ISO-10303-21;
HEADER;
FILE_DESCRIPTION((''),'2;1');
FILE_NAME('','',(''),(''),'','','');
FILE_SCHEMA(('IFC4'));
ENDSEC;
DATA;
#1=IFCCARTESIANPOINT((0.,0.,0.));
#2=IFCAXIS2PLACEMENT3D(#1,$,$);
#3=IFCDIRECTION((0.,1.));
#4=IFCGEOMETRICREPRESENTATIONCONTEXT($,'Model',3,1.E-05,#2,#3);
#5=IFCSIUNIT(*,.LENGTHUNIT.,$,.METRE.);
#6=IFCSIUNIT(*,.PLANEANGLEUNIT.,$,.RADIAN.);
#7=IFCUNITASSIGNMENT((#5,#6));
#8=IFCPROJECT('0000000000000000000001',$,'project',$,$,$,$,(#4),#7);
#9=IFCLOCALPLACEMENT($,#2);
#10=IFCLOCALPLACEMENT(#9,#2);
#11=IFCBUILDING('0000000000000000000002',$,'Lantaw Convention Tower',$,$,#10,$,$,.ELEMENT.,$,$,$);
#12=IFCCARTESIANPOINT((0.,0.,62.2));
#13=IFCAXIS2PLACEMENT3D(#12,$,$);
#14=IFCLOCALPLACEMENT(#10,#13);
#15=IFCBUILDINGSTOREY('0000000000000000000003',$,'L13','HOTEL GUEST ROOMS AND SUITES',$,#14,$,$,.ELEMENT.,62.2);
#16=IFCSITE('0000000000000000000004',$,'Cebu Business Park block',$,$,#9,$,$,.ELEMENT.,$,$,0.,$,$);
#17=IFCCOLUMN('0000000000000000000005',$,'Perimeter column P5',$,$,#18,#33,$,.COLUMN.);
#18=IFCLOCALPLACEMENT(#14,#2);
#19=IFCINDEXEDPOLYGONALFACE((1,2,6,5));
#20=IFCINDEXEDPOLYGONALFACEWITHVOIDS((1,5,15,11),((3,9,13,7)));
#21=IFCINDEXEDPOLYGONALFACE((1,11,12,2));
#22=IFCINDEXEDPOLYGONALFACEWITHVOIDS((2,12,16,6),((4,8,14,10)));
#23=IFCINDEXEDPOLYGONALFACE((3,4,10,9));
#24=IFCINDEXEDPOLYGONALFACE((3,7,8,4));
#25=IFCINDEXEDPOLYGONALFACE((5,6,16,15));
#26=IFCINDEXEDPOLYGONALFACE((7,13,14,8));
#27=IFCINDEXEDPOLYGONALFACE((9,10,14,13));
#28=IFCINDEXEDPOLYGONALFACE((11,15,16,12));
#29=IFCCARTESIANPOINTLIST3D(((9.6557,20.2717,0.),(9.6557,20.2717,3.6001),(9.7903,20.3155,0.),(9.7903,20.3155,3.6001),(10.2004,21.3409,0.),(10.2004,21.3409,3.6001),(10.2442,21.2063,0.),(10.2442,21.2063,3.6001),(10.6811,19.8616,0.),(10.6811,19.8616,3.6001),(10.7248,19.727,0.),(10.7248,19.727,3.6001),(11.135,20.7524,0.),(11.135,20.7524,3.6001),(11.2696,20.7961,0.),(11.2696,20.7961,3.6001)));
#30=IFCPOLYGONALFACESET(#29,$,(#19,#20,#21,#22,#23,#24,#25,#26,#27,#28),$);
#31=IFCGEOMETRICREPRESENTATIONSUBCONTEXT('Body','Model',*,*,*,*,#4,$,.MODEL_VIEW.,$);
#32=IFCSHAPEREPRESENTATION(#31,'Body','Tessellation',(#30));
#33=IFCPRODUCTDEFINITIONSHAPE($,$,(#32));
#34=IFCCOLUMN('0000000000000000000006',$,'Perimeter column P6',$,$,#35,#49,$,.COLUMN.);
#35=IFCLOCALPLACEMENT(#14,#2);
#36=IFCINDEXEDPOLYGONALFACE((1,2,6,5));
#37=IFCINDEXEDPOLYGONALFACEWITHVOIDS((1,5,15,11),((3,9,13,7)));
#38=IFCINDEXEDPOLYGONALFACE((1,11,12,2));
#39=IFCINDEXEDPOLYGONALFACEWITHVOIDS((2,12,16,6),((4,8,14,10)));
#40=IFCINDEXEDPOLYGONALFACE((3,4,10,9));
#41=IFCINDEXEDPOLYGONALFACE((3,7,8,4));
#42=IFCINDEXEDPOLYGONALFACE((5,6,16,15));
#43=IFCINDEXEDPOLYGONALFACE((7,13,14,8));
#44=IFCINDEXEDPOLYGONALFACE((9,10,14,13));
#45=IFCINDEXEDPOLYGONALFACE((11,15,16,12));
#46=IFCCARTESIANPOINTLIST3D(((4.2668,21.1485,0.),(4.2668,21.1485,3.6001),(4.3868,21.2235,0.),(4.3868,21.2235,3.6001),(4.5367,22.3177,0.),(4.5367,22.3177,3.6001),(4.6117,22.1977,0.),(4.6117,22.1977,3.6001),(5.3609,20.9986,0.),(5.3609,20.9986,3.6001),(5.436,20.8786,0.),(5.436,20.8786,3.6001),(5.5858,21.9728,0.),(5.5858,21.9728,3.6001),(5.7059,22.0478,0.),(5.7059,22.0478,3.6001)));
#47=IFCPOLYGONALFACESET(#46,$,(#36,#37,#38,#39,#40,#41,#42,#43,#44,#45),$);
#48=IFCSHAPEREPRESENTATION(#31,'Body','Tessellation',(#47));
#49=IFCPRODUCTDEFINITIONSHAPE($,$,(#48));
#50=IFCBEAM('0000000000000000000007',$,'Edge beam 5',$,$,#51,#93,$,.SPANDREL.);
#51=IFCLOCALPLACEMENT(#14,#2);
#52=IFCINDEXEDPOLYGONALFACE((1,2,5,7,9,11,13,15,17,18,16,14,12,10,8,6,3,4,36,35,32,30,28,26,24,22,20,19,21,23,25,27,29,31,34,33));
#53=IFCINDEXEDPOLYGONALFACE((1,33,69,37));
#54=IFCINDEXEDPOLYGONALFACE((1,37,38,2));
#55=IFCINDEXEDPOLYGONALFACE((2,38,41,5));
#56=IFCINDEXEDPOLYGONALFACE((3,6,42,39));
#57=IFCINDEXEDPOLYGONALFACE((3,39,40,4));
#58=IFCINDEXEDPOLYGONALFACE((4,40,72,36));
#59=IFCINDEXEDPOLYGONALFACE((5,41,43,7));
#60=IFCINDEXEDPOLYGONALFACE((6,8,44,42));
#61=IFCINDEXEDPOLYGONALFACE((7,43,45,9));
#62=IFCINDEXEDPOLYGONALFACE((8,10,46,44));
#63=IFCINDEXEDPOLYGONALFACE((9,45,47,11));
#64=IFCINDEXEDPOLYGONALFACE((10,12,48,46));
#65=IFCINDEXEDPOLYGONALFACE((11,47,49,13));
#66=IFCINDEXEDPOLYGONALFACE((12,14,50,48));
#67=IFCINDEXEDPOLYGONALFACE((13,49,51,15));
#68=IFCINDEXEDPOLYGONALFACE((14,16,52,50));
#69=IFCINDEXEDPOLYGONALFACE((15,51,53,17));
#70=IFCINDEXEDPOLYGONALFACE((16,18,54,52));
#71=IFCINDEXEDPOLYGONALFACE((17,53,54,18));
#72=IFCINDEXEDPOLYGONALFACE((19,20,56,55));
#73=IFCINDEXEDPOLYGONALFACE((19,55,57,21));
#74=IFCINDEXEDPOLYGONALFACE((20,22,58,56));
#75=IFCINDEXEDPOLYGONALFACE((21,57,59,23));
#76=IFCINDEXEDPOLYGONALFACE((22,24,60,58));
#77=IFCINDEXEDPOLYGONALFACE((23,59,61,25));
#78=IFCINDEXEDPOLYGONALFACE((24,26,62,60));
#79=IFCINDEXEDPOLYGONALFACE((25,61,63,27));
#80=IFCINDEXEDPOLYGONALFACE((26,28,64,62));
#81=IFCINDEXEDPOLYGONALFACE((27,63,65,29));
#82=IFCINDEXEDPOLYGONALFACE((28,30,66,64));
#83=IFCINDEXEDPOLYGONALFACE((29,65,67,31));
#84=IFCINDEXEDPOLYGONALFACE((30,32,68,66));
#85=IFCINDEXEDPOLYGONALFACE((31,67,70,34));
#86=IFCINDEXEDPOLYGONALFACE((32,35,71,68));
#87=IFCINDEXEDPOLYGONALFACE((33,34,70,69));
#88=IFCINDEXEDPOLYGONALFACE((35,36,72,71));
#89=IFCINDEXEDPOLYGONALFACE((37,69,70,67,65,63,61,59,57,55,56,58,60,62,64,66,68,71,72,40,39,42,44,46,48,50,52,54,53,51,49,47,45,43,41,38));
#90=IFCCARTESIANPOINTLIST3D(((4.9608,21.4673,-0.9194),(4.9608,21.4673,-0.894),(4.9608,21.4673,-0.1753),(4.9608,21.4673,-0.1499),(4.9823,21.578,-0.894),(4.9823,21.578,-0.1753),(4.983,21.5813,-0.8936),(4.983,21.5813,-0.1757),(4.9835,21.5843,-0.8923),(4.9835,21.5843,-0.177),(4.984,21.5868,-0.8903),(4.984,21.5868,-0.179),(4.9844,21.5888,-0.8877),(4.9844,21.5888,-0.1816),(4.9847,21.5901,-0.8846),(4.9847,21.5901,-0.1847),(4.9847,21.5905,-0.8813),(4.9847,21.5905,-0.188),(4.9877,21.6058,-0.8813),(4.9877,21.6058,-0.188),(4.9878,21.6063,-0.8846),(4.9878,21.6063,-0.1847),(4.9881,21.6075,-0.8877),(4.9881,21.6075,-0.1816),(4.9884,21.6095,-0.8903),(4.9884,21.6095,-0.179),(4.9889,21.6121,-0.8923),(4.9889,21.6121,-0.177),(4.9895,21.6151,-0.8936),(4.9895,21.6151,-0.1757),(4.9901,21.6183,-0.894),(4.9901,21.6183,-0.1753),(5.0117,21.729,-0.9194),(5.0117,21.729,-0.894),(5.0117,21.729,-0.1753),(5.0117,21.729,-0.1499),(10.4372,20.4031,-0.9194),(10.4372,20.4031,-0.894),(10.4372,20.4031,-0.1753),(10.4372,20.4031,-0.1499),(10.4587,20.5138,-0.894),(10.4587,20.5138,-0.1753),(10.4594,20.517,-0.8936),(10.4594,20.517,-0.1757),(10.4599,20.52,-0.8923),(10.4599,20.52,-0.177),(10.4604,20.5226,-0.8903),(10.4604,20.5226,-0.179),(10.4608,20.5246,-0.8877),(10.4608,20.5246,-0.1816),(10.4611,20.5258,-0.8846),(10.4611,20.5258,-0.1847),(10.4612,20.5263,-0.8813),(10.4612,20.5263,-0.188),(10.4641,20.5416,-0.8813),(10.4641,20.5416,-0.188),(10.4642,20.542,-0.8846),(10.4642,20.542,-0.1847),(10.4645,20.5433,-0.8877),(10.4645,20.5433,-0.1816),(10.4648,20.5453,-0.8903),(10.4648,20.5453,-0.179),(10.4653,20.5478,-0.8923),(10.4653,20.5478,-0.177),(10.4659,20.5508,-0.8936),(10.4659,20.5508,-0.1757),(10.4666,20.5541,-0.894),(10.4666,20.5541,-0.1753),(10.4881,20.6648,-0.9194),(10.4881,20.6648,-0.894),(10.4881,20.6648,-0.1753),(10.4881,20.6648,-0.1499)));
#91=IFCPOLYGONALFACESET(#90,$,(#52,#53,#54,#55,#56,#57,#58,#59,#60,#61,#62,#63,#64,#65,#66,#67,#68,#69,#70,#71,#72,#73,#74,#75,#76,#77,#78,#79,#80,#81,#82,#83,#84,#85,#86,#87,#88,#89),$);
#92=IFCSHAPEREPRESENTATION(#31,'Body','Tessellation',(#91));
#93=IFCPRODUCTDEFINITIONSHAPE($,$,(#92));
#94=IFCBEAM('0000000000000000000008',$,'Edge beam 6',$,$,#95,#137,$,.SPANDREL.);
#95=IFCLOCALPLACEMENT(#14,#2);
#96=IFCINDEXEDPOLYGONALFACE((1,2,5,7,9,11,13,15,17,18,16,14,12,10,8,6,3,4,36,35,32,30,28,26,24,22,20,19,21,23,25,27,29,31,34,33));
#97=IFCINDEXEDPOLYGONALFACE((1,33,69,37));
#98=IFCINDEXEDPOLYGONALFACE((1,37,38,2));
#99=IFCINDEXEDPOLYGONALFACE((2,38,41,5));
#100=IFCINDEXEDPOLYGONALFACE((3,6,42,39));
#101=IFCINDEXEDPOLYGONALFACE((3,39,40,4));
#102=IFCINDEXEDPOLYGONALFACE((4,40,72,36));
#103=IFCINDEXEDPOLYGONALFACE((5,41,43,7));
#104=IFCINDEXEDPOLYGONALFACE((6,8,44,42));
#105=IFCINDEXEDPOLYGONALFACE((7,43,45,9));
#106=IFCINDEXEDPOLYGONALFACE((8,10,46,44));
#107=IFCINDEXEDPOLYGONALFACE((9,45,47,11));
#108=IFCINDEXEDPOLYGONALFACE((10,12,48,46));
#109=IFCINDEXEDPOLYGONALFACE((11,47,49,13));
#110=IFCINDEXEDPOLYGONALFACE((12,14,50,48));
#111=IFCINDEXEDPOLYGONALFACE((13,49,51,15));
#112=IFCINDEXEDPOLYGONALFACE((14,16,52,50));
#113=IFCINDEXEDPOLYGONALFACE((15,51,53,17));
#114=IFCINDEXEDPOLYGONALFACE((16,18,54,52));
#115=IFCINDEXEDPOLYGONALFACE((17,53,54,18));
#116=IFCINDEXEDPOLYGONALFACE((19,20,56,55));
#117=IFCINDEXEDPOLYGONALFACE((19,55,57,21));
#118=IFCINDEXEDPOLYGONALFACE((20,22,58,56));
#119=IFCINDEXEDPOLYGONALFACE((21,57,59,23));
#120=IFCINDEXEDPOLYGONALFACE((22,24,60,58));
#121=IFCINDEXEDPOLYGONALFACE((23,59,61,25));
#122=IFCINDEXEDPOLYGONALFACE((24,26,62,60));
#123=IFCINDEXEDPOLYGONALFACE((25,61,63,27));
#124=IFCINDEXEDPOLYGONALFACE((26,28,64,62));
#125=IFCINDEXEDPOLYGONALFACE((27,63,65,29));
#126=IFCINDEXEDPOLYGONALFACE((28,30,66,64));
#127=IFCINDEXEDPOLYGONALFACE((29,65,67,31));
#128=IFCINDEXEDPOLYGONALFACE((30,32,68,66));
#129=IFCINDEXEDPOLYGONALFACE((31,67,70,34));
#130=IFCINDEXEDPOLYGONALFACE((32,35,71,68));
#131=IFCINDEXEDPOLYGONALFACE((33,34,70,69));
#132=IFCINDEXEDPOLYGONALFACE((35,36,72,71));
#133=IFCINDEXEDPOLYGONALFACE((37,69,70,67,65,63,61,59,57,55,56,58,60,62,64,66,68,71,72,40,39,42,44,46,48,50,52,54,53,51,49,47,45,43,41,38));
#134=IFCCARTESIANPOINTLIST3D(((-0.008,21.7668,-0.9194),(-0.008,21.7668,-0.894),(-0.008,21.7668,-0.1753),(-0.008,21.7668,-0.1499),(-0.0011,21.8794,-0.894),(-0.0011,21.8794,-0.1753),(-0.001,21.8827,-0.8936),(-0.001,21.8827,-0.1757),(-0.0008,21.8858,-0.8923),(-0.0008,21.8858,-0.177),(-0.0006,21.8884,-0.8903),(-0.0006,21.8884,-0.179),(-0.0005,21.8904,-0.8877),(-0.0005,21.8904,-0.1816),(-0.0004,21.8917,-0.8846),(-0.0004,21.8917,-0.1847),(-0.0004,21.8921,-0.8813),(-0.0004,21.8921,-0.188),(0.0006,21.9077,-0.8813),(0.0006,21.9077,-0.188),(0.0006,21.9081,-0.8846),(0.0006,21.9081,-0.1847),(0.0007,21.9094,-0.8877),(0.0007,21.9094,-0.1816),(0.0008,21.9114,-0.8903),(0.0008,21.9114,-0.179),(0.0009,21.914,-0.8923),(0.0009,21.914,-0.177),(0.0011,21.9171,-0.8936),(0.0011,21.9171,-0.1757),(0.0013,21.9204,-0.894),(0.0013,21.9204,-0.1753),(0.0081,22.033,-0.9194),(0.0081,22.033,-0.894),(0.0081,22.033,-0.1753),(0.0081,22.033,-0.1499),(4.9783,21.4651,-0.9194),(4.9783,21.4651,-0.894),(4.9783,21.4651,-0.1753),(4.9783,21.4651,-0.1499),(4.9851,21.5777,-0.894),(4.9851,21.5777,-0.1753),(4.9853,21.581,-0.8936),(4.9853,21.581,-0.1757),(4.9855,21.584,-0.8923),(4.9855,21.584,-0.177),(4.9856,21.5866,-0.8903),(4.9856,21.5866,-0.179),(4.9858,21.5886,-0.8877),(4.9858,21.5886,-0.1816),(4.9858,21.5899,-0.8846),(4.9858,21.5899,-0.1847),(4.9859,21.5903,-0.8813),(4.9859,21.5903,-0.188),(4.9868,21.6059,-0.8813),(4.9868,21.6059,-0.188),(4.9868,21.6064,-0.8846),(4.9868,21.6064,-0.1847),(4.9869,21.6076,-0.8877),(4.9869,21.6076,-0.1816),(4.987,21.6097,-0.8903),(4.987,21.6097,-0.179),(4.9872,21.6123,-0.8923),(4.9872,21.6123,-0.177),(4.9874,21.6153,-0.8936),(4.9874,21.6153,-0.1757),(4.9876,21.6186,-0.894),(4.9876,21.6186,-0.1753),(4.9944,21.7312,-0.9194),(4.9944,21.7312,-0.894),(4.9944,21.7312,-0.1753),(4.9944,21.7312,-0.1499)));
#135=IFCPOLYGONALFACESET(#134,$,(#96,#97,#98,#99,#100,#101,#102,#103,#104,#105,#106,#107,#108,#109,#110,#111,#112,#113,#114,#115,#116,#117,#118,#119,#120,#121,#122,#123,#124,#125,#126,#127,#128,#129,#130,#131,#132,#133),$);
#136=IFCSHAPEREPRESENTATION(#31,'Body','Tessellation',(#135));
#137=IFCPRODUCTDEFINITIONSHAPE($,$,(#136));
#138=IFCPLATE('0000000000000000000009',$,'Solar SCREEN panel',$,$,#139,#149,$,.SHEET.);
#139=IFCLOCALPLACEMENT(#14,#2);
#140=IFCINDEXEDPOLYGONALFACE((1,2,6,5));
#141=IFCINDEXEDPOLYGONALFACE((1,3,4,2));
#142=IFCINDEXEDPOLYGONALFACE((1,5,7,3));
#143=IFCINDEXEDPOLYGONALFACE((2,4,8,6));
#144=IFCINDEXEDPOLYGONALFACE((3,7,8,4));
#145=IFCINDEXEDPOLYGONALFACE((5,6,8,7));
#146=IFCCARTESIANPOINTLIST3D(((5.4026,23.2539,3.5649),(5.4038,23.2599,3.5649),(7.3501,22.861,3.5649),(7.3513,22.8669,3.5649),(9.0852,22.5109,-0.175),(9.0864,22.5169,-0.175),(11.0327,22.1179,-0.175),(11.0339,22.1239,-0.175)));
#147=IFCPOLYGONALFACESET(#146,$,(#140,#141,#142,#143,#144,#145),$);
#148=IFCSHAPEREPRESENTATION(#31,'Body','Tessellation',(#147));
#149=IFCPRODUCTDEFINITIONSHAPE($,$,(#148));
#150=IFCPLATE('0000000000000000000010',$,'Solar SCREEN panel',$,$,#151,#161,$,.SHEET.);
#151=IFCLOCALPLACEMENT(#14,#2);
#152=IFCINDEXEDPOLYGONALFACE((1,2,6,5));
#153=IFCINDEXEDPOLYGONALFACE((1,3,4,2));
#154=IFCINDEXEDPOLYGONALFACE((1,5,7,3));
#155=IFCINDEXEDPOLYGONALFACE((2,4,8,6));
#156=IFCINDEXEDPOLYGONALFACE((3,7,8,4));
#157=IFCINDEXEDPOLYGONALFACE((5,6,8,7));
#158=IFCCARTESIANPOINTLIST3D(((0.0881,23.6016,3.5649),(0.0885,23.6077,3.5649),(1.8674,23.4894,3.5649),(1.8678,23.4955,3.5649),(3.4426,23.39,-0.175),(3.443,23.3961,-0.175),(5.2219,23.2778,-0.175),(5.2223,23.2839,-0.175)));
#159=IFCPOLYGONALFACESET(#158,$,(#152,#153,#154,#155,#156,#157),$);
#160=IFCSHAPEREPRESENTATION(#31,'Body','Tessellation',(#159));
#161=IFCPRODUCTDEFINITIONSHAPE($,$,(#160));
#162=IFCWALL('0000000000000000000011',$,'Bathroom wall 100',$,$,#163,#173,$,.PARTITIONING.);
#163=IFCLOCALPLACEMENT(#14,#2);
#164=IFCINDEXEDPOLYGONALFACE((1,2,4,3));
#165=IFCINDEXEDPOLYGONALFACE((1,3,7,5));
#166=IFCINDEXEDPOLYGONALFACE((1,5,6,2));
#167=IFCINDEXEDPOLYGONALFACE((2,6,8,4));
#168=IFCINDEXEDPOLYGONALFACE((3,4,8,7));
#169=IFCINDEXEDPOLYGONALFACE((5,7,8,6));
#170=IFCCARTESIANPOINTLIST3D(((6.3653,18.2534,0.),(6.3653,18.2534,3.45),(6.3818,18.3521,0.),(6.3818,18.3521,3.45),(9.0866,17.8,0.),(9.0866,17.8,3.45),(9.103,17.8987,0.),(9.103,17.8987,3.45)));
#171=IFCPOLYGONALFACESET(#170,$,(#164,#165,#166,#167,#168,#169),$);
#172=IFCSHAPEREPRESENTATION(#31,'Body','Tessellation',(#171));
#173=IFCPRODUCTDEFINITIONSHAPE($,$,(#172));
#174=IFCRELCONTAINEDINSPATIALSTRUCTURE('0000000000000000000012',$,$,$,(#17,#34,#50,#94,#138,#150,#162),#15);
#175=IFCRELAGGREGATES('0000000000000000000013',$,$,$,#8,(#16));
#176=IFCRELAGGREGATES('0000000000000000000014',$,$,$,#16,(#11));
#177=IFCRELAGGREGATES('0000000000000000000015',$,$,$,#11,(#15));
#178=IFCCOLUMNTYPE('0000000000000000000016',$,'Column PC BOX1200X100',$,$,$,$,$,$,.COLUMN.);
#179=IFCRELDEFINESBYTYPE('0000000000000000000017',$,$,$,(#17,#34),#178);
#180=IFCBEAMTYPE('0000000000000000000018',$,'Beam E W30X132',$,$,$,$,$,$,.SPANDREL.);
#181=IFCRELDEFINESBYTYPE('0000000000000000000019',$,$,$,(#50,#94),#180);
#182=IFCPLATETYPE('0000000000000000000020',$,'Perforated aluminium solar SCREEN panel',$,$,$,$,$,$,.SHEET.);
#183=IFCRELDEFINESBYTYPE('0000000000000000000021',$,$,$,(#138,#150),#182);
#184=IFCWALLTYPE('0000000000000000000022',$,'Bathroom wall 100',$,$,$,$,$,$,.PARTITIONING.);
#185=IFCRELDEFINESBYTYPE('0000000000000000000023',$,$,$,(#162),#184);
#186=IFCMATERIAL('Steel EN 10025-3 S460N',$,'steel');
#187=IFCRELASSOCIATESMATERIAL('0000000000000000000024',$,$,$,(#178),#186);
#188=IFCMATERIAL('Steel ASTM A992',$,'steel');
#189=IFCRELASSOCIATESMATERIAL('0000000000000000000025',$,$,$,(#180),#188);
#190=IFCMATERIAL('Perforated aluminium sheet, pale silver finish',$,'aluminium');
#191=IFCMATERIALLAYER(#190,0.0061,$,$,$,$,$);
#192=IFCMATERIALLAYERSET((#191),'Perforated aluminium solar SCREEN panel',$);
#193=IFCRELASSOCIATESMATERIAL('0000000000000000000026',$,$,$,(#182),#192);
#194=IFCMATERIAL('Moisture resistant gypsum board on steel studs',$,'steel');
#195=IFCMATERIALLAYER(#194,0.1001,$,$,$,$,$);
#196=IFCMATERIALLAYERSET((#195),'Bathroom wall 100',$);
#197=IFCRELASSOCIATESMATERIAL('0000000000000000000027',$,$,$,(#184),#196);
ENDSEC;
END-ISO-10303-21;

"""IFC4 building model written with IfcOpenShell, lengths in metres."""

from ifc_helpers import new_model, si_unit, direction, frame, frame_2d, origin, origin_2d, place, context, subcontext, project, spatial, polyline, rectangle, hollow_rectangle, i_section, outline, extrude, material, layer, layer_set, material_profile, profile_set, type_object, element, save


model = new_model("IFC4")

# Units and contexts
model_context = context("Model", 3, precision=1e-05, world=origin(), true_north=direction((0.0, 1.0)))
body_context = subcontext(model_context, "Body", "Model", "MODEL_VIEW")
ifc_project = project(units=[si_unit("LENGTHUNIT", "METRE"), si_unit("PLANEANGLEUNIT", "RADIAN")], contexts=[model_context])

# Site, building, storey
site_placement = place(None, origin())
site = spatial("IfcSite", under=ifc_project, at=site_placement, Name="Cebu Business Park block", CompositionType="ELEMENT", RefElevation=0.0)
building_placement = place(site_placement, origin())
building = spatial("IfcBuilding", under=site, at=building_placement, Name="Lantaw Convention Tower", CompositionType="ELEMENT")
storey_placement = place(building_placement, frame((0.0, 0.0, 62.2)))
storey = spatial("IfcBuildingStorey", under=building, at=storey_placement, Name="L13", Description="HOTEL GUEST ROOMS AND SUITES", CompositionType="ELEMENT", Elevation=62.2)

# Columns
ifc_material_1 = material(Name="Steel EN 10025-3 S460N", Category="steel")
ifc_material_profile_1 = material_profile(ifc_material_1, hollow_rectangle(XDim=1.2, YDim=1.2, WallThickness=0.1001, at=origin_2d()), Name="BOX1200X100")
ifc_material_2 = material(Name="Concrete C60/75", Category="concrete")
ifc_material_profile_2 = material_profile(ifc_material_2, rectangle(XDim=1.0, YDim=1.0, at=origin_2d()), Name="Concrete fill of BOX1200X100")
ifc_profile_set_1 = profile_set([ifc_material_profile_1, ifc_material_profile_2], Name="Steel EN 10025-3 S460N")
column_type = type_object("IfcColumnType", Name="Column PC BOX1200X100", PredefinedType="COLUMN", material=ifc_profile_set_1)
for number, where, z_axis, x_axis, name in (
    (1, (10.4626, 20.5339, 0.0), (0.0, 0.0, 1.0), (0.45399, 0.891007, 0.0), "Perimeter column P5"),
    (2, (4.9863, 21.5981, 0.0), (0.0, 0.0, 1.0), (0.224951, 0.97437, 0.0), "Perimeter column P6"),
):
    element("IfcColumn", number, at=place(storey_placement, frame(where, z_axis=z_axis, x_axis=x_axis)), inside=storey, type_object=column_type, Name=name, PredefinedType="COLUMN", context=body_context, shape_type="SweptSolid", body=[
        extrude(hollow_rectangle(XDim=1.2, YDim=1.2, WallThickness=0.1001, at=origin_2d()), origin(), (0.0, 0.0, 1.0), 3.6001),
    ])

# Beams
ifc_material_3 = material(Name="Steel ASTM A992", Category="steel")
ifc_material_profile_3 = material_profile(ifc_material_3, i_section(OverallWidth=0.2666, OverallDepth=0.7695, WebThickness=0.0156, FlangeThickness=0.0254, FilletRadius=0.0127, at=origin_2d()), Name="W30X132")
ifc_profile_set_2 = profile_set([ifc_material_profile_3], Name="Steel ASTM A992")
beam_type = type_object("IfcBeamType", Name="Beam E W30X132", PredefinedType="SPANDREL", material=ifc_profile_set_2)
beam_1_placement = place(storey_placement, frame((10.4626, 20.5339, -0.5347), z_axis=(-0.981637, 0.190761, 0.0), x_axis=(-0.190761, -0.981637, 0.0)))
element("IfcBeam", 3, at=beam_1_placement, inside=storey, type_object=beam_type, Name="Edge beam 5", PredefinedType="SPANDREL", context=body_context, shape_type="SweptSolid", body=[
    extrude(i_section(OverallWidth=0.2666, OverallDepth=0.7695, WebThickness=0.0156, FlangeThickness=0.0254, FilletRadius=0.0127, at=origin_2d()), origin(), (0.0, 0.0, 1.0), 5.5789),
])
beam_2_placement = place(storey_placement, frame((4.9863, 21.5981, -0.5347), z_axis=(-0.998174, 0.060407, 0.0), x_axis=(-0.060407, -0.998174, 0.0)))
element("IfcBeam", 4, at=beam_2_placement, inside=storey, type_object=beam_type, Name="Edge beam 6", PredefinedType="SPANDREL", context=body_context, shape_type="SweptSolid", body=[
    extrude(i_section(OverallWidth=0.2666, OverallDepth=0.7695, WebThickness=0.0156, FlangeThickness=0.0254, FilletRadius=0.0127, at=origin_2d()), origin(), (0.0, 0.0, 1.0), 4.9954),
])

# Plates
ifc_material_4 = material(Name="Perforated aluminium sheet, pale silver finish", Category="aluminium")
ifc_layer_1 = layer(ifc_material_4, 0.0061)
ifc_layer_set_1 = layer_set([ifc_layer_1], Name="Perforated aluminium solar SCREEN panel")
plate_type = type_object("IfcPlateType", Name="Perforated aluminium solar SCREEN panel", PredefinedType="SHEET", material=ifc_layer_set_1)
plate_1_placement = place(storey_placement, frame((11.0327, 22.1179, -0.175), z_axis=(-0.197782, -0.980246, 0.000002), x_axis=(-0.980246, 0.197782, 0.0)))
element("IfcPlate", 5, at=plate_1_placement, inside=storey, type_object=plate_type, Name="Solar SCREEN panel", PredefinedType="SHEET", context=body_context, shape_type="SweptSolid", body=[
    extrude(outline(polyline([(0.0, 0.0), (1.9868, 0.0), (5.7436, -3.74), (3.7569, -3.74), (0.0, 0.0)])), origin(), (0.0, 0.0, -1.0), 0.0061),
])
plate_2_placement = place(storey_placement, frame((5.2219, 23.2778, -0.175), z_axis=(-0.062924, -0.998018, 0.000014), x_axis=(-0.998018, 0.062924, 0.0)))
element("IfcPlate", 6, at=plate_2_placement, inside=storey, type_object=plate_type, Name="Solar SCREEN panel", PredefinedType="SHEET", context=body_context, shape_type="SweptSolid", body=[
    extrude(outline(polyline([(0.0, 0.0), (1.7828, 0.0), (5.144, -3.74), (3.3612, -3.74), (0.0, 0.0)])), origin(), (0.0, 0.0, -1.0), 0.0061),
])

# Wall
ifc_material_5 = material(Name="Moisture resistant gypsum board on steel studs", Category="steel")
ifc_layer_2 = layer(ifc_material_5, 0.1001)
ifc_layer_set_2 = layer_set([ifc_layer_2], Name="Bathroom wall 100")
wall_type_1 = type_object("IfcWallType", Name="Bathroom wall 100", PredefinedType="PARTITIONING", material=ifc_layer_set_2)
wall_1_placement = place(storey_placement, frame((6.3735, 18.3027, 0.0), z_axis=(0.0, 0.0, 1.0), x_axis=(0.986403, -0.164342, 0.0)))
element("IfcWall", 7, at=wall_1_placement, inside=storey, type_object=wall_type_1, Name="Bathroom wall 100", PredefinedType="PARTITIONING", context=body_context, shape_type="SweptSolid", body=[
    extrude(rectangle(XDim=2.7588, YDim=0.1001, at=frame_2d((1.3794, 0.0))), origin(), (0.0, 0.0, 1.0), 3.45),
])

save(model, "model.ifc")
